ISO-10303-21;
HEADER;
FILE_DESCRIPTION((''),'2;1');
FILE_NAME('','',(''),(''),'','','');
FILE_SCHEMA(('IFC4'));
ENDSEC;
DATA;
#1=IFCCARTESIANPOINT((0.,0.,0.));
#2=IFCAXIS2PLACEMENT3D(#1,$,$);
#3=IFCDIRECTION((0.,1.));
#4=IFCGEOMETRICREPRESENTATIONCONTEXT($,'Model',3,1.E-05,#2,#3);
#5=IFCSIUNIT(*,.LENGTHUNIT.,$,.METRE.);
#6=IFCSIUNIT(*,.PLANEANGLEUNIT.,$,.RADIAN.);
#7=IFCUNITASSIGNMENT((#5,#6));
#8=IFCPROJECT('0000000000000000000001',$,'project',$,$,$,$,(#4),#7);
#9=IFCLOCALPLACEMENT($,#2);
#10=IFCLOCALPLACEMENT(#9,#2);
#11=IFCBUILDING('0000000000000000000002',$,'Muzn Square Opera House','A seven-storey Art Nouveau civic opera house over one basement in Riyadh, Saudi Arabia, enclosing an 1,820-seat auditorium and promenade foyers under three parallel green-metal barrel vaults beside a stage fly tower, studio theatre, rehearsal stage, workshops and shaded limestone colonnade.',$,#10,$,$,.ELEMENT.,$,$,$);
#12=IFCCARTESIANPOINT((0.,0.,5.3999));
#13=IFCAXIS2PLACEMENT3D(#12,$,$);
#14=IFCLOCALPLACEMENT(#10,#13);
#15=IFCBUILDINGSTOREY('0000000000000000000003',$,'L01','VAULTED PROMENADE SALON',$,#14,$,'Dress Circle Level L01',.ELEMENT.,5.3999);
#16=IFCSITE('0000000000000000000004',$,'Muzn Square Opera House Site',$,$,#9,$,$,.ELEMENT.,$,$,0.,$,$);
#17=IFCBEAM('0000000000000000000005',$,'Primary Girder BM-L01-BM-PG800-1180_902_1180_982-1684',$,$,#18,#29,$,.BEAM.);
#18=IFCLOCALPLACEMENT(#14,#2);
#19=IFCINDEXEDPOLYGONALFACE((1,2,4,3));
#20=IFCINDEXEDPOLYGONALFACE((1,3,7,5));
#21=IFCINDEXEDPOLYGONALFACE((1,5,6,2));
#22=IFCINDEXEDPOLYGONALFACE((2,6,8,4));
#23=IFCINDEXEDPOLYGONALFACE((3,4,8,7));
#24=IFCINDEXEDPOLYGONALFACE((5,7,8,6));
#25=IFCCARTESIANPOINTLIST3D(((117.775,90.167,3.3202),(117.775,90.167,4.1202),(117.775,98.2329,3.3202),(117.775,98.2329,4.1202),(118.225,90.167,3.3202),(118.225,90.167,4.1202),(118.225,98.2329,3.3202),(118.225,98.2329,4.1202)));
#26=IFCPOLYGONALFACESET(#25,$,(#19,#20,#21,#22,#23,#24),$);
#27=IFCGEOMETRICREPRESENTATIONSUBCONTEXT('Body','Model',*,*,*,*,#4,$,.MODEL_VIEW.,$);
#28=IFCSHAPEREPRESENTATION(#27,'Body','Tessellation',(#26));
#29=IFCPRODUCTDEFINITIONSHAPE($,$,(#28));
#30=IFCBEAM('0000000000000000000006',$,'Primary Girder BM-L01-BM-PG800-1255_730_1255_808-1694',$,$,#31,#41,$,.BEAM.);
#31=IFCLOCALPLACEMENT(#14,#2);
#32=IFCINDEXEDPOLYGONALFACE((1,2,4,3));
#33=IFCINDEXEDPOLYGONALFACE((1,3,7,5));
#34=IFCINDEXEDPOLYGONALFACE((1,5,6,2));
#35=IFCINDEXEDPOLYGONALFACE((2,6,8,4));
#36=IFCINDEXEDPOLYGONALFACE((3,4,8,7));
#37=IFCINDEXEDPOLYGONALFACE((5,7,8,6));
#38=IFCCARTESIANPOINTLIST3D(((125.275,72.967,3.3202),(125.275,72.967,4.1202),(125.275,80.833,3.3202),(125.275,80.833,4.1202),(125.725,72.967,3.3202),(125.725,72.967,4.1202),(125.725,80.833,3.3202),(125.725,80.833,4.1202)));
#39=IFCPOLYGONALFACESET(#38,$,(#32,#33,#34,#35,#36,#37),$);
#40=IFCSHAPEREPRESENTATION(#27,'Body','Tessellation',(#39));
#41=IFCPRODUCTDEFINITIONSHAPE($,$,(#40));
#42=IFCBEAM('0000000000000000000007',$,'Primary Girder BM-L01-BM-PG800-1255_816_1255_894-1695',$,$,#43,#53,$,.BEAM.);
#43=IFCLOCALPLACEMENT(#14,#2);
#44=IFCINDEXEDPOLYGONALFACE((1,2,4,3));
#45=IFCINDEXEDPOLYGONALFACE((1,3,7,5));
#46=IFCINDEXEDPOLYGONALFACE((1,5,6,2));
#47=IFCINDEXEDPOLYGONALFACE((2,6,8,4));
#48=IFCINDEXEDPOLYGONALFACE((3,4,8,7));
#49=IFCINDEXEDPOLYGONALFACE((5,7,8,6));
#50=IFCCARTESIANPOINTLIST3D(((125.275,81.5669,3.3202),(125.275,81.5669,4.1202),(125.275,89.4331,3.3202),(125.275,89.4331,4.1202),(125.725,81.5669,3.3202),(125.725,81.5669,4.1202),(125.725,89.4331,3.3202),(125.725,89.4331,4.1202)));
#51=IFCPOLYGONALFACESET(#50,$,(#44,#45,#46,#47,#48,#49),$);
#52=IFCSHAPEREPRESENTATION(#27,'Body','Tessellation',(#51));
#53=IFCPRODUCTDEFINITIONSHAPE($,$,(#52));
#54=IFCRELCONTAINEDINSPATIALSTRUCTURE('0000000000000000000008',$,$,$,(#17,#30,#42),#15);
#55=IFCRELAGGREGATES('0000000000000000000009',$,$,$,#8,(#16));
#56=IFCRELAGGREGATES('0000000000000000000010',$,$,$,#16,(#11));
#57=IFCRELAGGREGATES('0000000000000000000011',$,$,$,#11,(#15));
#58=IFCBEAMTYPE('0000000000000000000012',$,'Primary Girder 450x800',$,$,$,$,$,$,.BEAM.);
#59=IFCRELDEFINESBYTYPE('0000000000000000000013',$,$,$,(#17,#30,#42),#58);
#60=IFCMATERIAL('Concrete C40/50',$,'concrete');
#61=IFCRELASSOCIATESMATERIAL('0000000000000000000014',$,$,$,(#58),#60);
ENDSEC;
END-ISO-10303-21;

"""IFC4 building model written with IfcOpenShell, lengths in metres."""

from ifc_helpers import new_model, si_unit, direction, frame, origin, origin_2d, place, context, subcontext, project, spatial, rectangle, extrude, material, material_profile, profile_set, type_object, element, save


model = new_model("IFC4")

# Units and contexts
model_context = context("Model", 3, precision=1e-05, world=origin(), true_north=direction((0.0, 1.0)))
body_context = subcontext(model_context, "Body", "Model", "MODEL_VIEW")
ifc_project = project(units=[si_unit("LENGTHUNIT", "METRE"), si_unit("PLANEANGLEUNIT", "RADIAN")], contexts=[model_context])

# Site, building, storey
site_placement = place(None, origin())
site = spatial("IfcSite", under=ifc_project, at=site_placement, Name="Muzn Square Opera House Site", CompositionType="ELEMENT", RefElevation=0.0)
building_placement = place(site_placement, origin())
building = spatial("IfcBuilding", under=site, at=building_placement, Name="Muzn Square Opera House", Description="A seven-storey Art Nouveau civic opera house over one basement in Riyadh, Saudi Arabia, enclosing an 1,820-seat auditorium and promenade foyers under three parallel green-metal barrel vaults beside a stage fly tower, studio theatre, rehearsal stage, workshops and shaded limestone colonnade.", CompositionType="ELEMENT")
storey_placement = place(building_placement, frame((0.0, 0.0, 5.3999)))
storey = spatial("IfcBuildingStorey", under=building, at=storey_placement, Name="L01", Description="VAULTED PROMENADE SALON", LongName="Dress Circle Level L01", CompositionType="ELEMENT", Elevation=5.3999)

# Beams
ifc_material_1 = material(Name="Concrete C40/50", Category="concrete")
ifc_material_profile_1 = material_profile(ifc_material_1, rectangle(XDim=0.45, YDim=0.8, at=origin_2d()), Name="RCB 450x800", Category="concrete")
ifc_profile_set_1 = profile_set([ifc_material_profile_1], Name="Concrete C40/50")
beam_type_1 = type_object("IfcBeamType", Name="Primary Girder 450x800", PredefinedType="BEAM", material=ifc_profile_set_1)
beam_1_placement = place(storey_placement, frame((118.0, 90.167, 3.7202), z_axis=(0.0, 1.0, 0.0), x_axis=(-1.0, 0.0, 0.0)))
element("IfcBeam", 1, at=beam_1_placement, inside=storey, type_object=beam_type_1, Name="Primary Girder BM-L01-BM-PG800-1180_902_1180_982-1684", PredefinedType="BEAM", context=body_context, shape_type="SweptSolid", body=[
    extrude(rectangle(XDim=0.45, YDim=0.8, at=origin_2d()), origin(), (0.0, 0.0, 1.0), 8.0659),
])
beam_2_placement = place(storey_placement, frame((125.5, 72.967, 3.7202), z_axis=(0.0, 1.0, 0.0), x_axis=(-1.0, 0.0, 0.0)))
element("IfcBeam", 2, at=beam_2_placement, inside=storey, type_object=beam_type_1, Name="Primary Girder BM-L01-BM-PG800-1255_730_1255_808-1694", PredefinedType="BEAM", context=body_context, shape_type="SweptSolid", body=[
    extrude(rectangle(XDim=0.45, YDim=0.8, at=origin_2d()), origin(), (0.0, 0.0, 1.0), 7.866),
])
beam_3_placement = place(storey_placement, frame((125.5, 81.5669, 3.7202), z_axis=(0.0, 1.0, 0.0), x_axis=(-1.0, 0.0, 0.0)))
element("IfcBeam", 3, at=beam_3_placement, inside=storey, type_object=beam_type_1, Name="Primary Girder BM-L01-BM-PG800-1255_816_1255_894-1695", PredefinedType="BEAM", context=body_context, shape_type="SweptSolid", body=[
    extrude(rectangle(XDim=0.45, YDim=0.8, at=origin_2d()), origin(), (0.0, 0.0, 1.0), 7.8662),
])

save(model, "model.ifc")
